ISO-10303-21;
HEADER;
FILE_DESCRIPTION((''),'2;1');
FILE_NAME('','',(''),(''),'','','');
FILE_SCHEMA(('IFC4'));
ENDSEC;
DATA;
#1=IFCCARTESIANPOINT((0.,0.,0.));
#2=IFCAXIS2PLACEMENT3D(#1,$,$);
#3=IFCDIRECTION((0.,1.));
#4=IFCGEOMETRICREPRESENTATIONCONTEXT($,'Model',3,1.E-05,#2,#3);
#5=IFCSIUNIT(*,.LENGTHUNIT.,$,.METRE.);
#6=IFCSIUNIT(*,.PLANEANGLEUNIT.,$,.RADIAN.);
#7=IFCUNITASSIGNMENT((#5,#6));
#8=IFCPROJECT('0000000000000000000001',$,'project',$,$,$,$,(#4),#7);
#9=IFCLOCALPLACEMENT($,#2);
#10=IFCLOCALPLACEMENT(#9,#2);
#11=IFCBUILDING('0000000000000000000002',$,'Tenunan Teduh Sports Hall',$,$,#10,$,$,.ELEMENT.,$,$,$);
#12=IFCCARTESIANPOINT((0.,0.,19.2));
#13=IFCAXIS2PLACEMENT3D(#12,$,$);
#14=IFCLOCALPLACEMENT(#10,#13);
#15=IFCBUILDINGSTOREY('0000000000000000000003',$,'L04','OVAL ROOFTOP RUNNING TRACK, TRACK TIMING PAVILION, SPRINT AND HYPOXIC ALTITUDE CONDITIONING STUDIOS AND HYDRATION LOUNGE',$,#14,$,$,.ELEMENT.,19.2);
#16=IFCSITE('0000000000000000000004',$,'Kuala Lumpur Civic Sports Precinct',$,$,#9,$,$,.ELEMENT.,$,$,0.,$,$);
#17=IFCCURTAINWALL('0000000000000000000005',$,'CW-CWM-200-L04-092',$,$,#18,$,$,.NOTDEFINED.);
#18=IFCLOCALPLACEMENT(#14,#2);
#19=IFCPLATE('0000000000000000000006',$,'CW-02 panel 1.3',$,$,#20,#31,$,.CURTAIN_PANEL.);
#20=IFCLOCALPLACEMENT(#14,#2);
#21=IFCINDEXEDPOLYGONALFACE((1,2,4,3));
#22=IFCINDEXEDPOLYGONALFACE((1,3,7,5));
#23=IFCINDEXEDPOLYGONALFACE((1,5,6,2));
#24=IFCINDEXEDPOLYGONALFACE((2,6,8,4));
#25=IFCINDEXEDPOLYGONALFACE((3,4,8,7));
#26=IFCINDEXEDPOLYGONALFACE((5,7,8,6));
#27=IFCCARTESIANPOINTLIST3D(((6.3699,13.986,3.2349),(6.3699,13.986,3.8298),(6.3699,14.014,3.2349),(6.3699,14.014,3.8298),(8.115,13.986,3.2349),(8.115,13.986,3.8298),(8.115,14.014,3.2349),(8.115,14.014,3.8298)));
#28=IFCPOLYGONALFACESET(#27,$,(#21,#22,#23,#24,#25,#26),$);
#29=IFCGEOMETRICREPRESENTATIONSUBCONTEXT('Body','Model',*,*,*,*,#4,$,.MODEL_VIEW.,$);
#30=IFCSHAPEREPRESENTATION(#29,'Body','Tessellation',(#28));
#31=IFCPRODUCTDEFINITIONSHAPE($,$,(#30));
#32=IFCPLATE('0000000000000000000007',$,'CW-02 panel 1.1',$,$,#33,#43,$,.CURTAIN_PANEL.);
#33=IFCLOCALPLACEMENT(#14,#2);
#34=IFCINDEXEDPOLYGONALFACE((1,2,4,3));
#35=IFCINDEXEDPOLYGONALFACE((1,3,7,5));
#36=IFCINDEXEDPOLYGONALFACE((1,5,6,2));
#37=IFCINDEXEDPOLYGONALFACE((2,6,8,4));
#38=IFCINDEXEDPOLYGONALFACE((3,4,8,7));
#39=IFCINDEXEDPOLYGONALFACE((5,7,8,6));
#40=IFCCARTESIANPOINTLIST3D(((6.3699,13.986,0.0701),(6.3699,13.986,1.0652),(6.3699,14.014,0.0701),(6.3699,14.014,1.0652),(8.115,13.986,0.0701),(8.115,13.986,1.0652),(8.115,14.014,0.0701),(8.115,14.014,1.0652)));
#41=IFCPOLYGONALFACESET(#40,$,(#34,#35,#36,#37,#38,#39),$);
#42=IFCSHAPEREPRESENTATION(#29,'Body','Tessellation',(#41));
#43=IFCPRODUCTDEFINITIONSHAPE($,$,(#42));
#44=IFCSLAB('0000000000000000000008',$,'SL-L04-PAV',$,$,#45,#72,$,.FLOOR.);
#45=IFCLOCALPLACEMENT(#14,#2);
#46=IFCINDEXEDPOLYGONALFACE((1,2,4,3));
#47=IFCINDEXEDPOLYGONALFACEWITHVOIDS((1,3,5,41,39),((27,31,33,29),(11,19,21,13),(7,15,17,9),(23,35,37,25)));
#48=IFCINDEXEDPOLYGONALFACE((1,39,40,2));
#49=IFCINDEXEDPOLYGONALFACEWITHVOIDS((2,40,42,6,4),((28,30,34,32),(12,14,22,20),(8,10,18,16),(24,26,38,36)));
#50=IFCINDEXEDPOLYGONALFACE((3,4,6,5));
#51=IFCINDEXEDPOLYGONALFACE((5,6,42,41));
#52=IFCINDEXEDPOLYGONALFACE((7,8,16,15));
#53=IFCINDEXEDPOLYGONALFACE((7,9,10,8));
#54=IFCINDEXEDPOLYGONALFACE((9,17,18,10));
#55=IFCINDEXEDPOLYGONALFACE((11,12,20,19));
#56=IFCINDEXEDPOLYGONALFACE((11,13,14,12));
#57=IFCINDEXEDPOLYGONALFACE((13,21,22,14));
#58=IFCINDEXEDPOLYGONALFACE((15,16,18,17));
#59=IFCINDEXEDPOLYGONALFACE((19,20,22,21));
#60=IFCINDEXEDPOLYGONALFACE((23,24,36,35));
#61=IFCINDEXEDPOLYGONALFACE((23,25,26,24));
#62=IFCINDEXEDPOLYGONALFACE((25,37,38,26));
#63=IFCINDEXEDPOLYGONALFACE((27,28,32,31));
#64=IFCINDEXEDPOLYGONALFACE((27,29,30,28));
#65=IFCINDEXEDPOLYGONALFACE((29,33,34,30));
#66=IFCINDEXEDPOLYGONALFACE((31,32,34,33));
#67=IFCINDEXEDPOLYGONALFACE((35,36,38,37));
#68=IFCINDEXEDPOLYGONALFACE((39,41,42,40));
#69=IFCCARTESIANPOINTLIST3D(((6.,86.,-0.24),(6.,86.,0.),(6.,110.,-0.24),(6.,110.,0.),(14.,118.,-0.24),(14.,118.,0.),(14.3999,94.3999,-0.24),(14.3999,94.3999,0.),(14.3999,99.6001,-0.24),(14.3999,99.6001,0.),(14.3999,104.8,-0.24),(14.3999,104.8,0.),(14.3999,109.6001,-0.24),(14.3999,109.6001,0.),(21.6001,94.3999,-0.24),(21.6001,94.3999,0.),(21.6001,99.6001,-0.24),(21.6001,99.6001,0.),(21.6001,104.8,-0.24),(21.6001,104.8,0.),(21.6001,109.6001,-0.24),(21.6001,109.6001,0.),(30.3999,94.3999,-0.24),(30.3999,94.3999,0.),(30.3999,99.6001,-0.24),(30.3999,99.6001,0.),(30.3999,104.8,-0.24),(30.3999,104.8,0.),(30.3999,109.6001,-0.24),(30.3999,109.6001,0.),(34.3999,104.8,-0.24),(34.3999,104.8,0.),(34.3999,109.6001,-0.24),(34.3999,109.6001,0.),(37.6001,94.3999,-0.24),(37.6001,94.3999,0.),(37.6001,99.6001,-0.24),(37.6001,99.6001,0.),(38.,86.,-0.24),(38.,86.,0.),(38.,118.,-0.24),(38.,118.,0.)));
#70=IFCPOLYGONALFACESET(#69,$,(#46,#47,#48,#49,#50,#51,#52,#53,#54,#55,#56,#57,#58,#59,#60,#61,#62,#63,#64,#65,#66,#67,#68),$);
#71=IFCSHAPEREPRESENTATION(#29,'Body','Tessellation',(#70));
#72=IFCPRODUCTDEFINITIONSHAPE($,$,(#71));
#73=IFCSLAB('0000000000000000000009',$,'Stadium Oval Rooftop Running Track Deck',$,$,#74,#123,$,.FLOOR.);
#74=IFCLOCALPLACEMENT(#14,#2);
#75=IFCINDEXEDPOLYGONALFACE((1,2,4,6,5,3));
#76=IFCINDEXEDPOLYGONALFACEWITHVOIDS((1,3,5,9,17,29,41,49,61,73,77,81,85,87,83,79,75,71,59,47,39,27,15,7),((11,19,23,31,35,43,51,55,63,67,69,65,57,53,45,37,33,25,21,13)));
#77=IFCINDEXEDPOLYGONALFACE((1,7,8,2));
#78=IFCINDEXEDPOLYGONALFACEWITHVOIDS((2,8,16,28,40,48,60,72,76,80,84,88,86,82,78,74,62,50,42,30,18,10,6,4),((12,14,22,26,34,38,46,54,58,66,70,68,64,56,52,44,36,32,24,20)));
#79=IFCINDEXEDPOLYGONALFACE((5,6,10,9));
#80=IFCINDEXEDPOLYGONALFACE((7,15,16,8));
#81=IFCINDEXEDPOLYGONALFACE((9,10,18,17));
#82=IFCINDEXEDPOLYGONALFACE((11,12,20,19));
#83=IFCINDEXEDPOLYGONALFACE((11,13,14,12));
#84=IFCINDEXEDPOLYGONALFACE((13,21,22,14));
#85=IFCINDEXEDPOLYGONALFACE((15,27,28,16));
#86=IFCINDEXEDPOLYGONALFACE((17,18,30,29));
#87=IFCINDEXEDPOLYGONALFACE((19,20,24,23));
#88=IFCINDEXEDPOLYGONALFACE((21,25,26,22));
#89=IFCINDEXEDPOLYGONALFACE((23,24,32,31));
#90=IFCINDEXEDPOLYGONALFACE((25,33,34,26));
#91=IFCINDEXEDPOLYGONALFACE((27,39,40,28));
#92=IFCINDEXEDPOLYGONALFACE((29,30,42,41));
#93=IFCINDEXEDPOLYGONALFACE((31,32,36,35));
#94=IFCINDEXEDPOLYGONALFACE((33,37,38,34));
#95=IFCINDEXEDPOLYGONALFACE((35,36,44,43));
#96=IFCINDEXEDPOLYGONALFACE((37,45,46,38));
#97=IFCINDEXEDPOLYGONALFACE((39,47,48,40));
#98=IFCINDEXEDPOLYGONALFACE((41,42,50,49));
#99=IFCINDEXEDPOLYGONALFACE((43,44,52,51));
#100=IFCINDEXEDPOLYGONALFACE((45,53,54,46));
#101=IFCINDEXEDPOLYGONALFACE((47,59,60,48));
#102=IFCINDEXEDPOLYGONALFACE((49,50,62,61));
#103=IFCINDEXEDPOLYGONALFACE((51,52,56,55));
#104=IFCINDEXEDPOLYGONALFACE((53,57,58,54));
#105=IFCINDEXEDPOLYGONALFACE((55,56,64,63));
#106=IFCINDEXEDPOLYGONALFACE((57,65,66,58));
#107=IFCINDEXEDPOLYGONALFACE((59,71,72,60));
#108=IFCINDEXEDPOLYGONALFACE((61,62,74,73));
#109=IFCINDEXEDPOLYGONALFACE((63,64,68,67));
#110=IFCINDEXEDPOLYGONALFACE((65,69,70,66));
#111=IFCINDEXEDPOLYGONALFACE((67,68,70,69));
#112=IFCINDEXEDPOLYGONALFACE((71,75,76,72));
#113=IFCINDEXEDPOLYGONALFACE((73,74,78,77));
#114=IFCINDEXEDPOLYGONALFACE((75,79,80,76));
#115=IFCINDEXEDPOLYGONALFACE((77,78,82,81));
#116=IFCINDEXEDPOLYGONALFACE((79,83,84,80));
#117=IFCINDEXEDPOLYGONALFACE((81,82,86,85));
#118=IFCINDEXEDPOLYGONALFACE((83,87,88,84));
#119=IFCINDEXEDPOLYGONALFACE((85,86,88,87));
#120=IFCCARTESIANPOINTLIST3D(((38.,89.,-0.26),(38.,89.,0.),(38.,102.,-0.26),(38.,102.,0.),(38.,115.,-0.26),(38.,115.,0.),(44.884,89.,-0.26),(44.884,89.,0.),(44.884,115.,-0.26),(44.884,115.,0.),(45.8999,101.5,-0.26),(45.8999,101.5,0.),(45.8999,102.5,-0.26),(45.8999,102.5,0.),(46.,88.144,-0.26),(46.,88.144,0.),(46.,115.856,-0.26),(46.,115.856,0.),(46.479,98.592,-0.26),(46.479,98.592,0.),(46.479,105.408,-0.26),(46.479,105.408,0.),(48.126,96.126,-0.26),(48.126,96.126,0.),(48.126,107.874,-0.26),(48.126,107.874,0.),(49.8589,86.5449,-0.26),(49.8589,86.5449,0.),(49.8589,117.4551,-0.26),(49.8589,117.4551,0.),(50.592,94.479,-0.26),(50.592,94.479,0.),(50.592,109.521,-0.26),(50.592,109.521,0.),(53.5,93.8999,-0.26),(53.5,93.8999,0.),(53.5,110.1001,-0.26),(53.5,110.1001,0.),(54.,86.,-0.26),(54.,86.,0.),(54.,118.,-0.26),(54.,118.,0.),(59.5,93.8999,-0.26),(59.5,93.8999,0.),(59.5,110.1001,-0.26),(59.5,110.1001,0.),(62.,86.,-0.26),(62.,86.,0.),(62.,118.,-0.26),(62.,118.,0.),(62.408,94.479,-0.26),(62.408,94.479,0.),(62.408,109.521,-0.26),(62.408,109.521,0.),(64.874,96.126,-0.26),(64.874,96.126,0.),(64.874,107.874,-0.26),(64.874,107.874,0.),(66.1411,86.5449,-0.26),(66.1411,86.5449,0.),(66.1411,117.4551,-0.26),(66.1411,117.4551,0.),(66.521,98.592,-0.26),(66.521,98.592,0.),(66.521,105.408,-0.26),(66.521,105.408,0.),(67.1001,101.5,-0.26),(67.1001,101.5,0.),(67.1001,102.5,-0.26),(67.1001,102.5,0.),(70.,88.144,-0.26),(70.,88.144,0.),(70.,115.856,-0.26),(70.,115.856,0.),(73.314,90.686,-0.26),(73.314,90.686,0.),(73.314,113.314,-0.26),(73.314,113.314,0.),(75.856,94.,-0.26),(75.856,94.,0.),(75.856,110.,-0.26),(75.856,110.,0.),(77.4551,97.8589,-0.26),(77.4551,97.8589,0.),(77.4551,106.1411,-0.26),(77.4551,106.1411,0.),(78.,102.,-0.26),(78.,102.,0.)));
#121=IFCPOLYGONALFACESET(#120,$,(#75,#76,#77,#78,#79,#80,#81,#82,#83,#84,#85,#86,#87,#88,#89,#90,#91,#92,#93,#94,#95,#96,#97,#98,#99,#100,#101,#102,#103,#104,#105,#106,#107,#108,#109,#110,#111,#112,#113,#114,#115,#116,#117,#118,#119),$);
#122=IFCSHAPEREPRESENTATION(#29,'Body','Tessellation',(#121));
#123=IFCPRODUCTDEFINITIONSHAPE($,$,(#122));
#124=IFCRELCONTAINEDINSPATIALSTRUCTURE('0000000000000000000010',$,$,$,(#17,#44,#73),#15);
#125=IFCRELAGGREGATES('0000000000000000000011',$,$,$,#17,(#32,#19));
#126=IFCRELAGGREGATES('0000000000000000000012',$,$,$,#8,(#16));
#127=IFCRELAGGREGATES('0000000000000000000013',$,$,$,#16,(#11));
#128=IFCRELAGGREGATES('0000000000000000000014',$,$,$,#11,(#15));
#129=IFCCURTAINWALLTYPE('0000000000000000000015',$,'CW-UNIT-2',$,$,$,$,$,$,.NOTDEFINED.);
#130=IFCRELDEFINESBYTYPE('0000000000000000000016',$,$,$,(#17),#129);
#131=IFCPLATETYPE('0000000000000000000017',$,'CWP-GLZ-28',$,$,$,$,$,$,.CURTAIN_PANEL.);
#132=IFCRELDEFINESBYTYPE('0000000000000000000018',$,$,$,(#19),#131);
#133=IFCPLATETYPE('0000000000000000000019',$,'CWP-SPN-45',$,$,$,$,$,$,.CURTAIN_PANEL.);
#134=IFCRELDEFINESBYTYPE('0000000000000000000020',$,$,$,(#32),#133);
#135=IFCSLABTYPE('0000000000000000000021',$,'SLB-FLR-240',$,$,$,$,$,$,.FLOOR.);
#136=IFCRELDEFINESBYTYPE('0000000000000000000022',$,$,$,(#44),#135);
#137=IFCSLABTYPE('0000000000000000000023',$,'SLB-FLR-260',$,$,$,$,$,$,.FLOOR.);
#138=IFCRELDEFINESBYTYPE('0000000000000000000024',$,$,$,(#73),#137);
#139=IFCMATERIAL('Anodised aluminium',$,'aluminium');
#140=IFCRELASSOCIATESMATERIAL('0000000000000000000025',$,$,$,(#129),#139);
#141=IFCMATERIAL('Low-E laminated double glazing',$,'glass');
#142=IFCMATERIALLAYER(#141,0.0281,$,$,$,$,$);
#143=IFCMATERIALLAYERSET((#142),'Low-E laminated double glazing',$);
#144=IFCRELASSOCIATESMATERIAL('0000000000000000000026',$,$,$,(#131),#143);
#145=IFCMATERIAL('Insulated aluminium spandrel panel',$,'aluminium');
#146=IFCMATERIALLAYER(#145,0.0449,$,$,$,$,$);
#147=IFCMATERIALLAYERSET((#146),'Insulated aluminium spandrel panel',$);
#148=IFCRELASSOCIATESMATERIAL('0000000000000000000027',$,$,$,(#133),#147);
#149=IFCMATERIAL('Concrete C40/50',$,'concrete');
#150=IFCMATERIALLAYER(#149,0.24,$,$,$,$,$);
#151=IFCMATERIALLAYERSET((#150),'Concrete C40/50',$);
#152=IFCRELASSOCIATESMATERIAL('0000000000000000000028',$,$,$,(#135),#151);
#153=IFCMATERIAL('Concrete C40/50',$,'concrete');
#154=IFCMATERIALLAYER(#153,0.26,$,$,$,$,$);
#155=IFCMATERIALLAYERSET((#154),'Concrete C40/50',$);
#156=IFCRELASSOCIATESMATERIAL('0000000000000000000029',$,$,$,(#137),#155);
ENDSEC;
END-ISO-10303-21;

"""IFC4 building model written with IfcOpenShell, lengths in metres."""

from ifc_helpers import new_model, si_unit, direction, frame, origin, origin_2d, place, context, subcontext, project, spatial, polyline, rectangle, outline, extrude, material, layer, layer_set, type_object, element, aggregate, save


model = new_model("IFC4")

# Units and contexts
model_context = context("Model", 3, precision=1e-05, world=origin(), true_north=direction((0.0, 1.0)))
body_context = subcontext(model_context, "Body", "Model", "MODEL_VIEW")
ifc_project = project(units=[si_unit("LENGTHUNIT", "METRE"), si_unit("PLANEANGLEUNIT", "RADIAN")], contexts=[model_context])

# Site, building, storey
site_placement = place(None, origin())
site = spatial("IfcSite", under=ifc_project, at=site_placement, Name="Kuala Lumpur Civic Sports Precinct", CompositionType="ELEMENT", RefElevation=0.0)
building_placement = place(site_placement, origin())
building = spatial("IfcBuilding", under=site, at=building_placement, Name="Tenunan Teduh Sports Hall", CompositionType="ELEMENT")
storey_placement = place(building_placement, frame((0.0, 0.0, 19.2)))
storey = spatial("IfcBuildingStorey", under=building, at=storey_placement, Name="L04", Description="OVAL ROOFTOP RUNNING TRACK, TRACK TIMING PAVILION, SPRINT AND HYPOXIC ALTITUDE CONDITIONING STUDIOS AND HYDRATION LOUNGE", CompositionType="ELEMENT", Elevation=19.2)

# Curtain wall
ifc_material_1 = material(Name="Anodised aluminium", Category="aluminium")
curtain_wall_type = type_object("IfcCurtainWallType", Name="CW-UNIT-2", PredefinedType="NOTDEFINED", material=ifc_material_1)
curtain_wall_placement = place(storey_placement, origin())
curtain_wall = element("IfcCurtainWall", 1, at=curtain_wall_placement, inside=storey, type_object=curtain_wall_type, Name="CW-CWM-200-L04-092", PredefinedType="NOTDEFINED")

# Plates
ifc_material_2 = material(Name="Low-E laminated double glazing", Category="glass")
ifc_layer_1 = layer(ifc_material_2, 0.0281)
ifc_layer_set_1 = layer_set([ifc_layer_1], Name="Low-E laminated double glazing")
plate_type_1 = type_object("IfcPlateType", Name="CWP-GLZ-28", PredefinedType="CURTAIN_PANEL", material=ifc_layer_set_1)
plate_1_placement = place(storey_placement, frame((7.2424, 14.0, 3.2349), z_axis=(0.0, 0.0, 1.0), x_axis=(1.0, 0.0, 0.0)))
plate_1 = element("IfcPlate", 2, at=plate_1_placement, type_object=plate_type_1, Name="CW-02 panel 1.3", PredefinedType="CURTAIN_PANEL", context=body_context, shape_type="SweptSolid", body=[
    extrude(rectangle(XDim=1.7451, YDim=0.0281, at=origin_2d()), origin(), (0.0, 0.0, 1.0), 0.595),
])
ifc_material_3 = material(Name="Insulated aluminium spandrel panel", Category="aluminium")
ifc_layer_2 = layer(ifc_material_3, 0.0449)
ifc_layer_set_2 = layer_set([ifc_layer_2], Name="Insulated aluminium spandrel panel")
plate_type_2 = type_object("IfcPlateType", Name="CWP-SPN-45", PredefinedType="CURTAIN_PANEL", material=ifc_layer_set_2)
plate_2_placement = place(storey_placement, frame((7.2424, 14.0, 0.0701), z_axis=(0.0, 0.0, 1.0), x_axis=(1.0, 0.0, 0.0)))
plate_2 = element("IfcPlate", 3, at=plate_2_placement, type_object=plate_type_2, Name="CW-02 panel 1.1", PredefinedType="CURTAIN_PANEL", context=body_context, shape_type="SweptSolid", body=[
    extrude(rectangle(XDim=1.7451, YDim=0.0281, at=origin_2d()), origin(), (0.0, 0.0, 1.0), 0.9951),
])
aggregate(curtain_wall, [plate_2, plate_1])

# Slabs
ifc_material_4 = material(Name="Concrete C40/50", Category="concrete")
ifc_layer_3 = layer(ifc_material_4, 0.24)
ifc_layer_set_3 = layer_set([ifc_layer_3], Name="Concrete C40/50")
slab_type_1 = type_object("IfcSlabType", Name="SLB-FLR-240", PredefinedType="FLOOR", material=ifc_layer_set_3)
slab_1_placement = place(storey_placement, frame((0.0, 0.0, -0.24)))
element("IfcSlab", 4, at=slab_1_placement, inside=storey, type_object=slab_type_1, Name="SL-L04-PAV", PredefinedType="FLOOR", context=body_context, shape_type="SweptSolid", body=[
    extrude(outline(polyline([(6.0, 86.0), (38.0, 86.0), (38.0, 118.0), (14.0, 118.0), (6.0, 110.0), (6.0, 86.0)]), holes=[polyline([(14.3999, 94.3999), (21.6001, 94.3999), (21.6001, 99.6001), (14.3999, 99.6001), (14.3999, 94.3999)]), polyline([(14.3999, 104.8), (21.6001, 104.8), (21.6001, 109.6001), (14.3999, 109.6001), (14.3999, 104.8)]), polyline([(30.3999, 94.3999), (37.6001, 94.3999), (37.6001, 99.6001), (30.3999, 99.6001), (30.3999, 94.3999)]), polyline([(30.3999, 104.8), (34.3999, 104.8), (34.3999, 109.6001), (30.3999, 109.6001), (30.3999, 104.8)])]), origin(), (0.0, 0.0, 1.0), 0.24),
])
ifc_material_5 = material(Name="Concrete C40/50", Category="concrete")
ifc_layer_4 = layer(ifc_material_5, 0.26)
ifc_layer_set_4 = layer_set([ifc_layer_4], Name="Concrete C40/50")
slab_type_2 = type_object("IfcSlabType", Name="SLB-FLR-260", PredefinedType="FLOOR", material=ifc_layer_set_4)
slab_2_placement = place(storey_placement, frame((0.0, 0.0, -0.26)))
element("IfcSlab", 5, at=slab_2_placement, inside=storey, type_object=slab_type_2, Name="Stadium Oval Rooftop Running Track Deck", PredefinedType="FLOOR", context=body_context, shape_type="SweptSolid", body=[
    extrude(outline(polyline([(38.0, 89.0), (38.0, 102.0), (38.0, 115.0), (44.884, 115.0), (46.0, 115.856), (49.8589, 117.4551), (54.0, 118.0), (62.0, 118.0), (66.1411, 117.4551), (70.0, 115.856), (73.314, 113.314), (75.856, 110.0), (77.4551, 106.1411), (78.0, 102.0), (77.4551, 97.8589), (75.856, 94.0), (73.314, 90.686), (70.0, 88.144), (66.1411, 86.5449), (62.0, 86.0), (54.0, 86.0), (49.8589, 86.5449), (46.0, 88.144), (44.884, 89.0), (38.0, 89.0)]), holes=[polyline([(59.5, 93.8999), (62.408, 94.479), (64.874, 96.126), (66.521, 98.592), (67.1001, 101.5), (67.1001, 102.5), (66.521, 105.408), (64.874, 107.874), (62.408, 109.521), (59.5, 110.1001), (53.5, 110.1001), (50.592, 109.521), (48.126, 107.874), (46.479, 105.408), (45.8999, 102.5), (45.8999, 101.5), (46.479, 98.592), (48.126, 96.126), (50.592, 94.479), (53.5, 93.8999), (59.5, 93.8999)])]), origin(), (0.0, 0.0, 1.0), 0.26),
])

save(model, "model.ifc")
